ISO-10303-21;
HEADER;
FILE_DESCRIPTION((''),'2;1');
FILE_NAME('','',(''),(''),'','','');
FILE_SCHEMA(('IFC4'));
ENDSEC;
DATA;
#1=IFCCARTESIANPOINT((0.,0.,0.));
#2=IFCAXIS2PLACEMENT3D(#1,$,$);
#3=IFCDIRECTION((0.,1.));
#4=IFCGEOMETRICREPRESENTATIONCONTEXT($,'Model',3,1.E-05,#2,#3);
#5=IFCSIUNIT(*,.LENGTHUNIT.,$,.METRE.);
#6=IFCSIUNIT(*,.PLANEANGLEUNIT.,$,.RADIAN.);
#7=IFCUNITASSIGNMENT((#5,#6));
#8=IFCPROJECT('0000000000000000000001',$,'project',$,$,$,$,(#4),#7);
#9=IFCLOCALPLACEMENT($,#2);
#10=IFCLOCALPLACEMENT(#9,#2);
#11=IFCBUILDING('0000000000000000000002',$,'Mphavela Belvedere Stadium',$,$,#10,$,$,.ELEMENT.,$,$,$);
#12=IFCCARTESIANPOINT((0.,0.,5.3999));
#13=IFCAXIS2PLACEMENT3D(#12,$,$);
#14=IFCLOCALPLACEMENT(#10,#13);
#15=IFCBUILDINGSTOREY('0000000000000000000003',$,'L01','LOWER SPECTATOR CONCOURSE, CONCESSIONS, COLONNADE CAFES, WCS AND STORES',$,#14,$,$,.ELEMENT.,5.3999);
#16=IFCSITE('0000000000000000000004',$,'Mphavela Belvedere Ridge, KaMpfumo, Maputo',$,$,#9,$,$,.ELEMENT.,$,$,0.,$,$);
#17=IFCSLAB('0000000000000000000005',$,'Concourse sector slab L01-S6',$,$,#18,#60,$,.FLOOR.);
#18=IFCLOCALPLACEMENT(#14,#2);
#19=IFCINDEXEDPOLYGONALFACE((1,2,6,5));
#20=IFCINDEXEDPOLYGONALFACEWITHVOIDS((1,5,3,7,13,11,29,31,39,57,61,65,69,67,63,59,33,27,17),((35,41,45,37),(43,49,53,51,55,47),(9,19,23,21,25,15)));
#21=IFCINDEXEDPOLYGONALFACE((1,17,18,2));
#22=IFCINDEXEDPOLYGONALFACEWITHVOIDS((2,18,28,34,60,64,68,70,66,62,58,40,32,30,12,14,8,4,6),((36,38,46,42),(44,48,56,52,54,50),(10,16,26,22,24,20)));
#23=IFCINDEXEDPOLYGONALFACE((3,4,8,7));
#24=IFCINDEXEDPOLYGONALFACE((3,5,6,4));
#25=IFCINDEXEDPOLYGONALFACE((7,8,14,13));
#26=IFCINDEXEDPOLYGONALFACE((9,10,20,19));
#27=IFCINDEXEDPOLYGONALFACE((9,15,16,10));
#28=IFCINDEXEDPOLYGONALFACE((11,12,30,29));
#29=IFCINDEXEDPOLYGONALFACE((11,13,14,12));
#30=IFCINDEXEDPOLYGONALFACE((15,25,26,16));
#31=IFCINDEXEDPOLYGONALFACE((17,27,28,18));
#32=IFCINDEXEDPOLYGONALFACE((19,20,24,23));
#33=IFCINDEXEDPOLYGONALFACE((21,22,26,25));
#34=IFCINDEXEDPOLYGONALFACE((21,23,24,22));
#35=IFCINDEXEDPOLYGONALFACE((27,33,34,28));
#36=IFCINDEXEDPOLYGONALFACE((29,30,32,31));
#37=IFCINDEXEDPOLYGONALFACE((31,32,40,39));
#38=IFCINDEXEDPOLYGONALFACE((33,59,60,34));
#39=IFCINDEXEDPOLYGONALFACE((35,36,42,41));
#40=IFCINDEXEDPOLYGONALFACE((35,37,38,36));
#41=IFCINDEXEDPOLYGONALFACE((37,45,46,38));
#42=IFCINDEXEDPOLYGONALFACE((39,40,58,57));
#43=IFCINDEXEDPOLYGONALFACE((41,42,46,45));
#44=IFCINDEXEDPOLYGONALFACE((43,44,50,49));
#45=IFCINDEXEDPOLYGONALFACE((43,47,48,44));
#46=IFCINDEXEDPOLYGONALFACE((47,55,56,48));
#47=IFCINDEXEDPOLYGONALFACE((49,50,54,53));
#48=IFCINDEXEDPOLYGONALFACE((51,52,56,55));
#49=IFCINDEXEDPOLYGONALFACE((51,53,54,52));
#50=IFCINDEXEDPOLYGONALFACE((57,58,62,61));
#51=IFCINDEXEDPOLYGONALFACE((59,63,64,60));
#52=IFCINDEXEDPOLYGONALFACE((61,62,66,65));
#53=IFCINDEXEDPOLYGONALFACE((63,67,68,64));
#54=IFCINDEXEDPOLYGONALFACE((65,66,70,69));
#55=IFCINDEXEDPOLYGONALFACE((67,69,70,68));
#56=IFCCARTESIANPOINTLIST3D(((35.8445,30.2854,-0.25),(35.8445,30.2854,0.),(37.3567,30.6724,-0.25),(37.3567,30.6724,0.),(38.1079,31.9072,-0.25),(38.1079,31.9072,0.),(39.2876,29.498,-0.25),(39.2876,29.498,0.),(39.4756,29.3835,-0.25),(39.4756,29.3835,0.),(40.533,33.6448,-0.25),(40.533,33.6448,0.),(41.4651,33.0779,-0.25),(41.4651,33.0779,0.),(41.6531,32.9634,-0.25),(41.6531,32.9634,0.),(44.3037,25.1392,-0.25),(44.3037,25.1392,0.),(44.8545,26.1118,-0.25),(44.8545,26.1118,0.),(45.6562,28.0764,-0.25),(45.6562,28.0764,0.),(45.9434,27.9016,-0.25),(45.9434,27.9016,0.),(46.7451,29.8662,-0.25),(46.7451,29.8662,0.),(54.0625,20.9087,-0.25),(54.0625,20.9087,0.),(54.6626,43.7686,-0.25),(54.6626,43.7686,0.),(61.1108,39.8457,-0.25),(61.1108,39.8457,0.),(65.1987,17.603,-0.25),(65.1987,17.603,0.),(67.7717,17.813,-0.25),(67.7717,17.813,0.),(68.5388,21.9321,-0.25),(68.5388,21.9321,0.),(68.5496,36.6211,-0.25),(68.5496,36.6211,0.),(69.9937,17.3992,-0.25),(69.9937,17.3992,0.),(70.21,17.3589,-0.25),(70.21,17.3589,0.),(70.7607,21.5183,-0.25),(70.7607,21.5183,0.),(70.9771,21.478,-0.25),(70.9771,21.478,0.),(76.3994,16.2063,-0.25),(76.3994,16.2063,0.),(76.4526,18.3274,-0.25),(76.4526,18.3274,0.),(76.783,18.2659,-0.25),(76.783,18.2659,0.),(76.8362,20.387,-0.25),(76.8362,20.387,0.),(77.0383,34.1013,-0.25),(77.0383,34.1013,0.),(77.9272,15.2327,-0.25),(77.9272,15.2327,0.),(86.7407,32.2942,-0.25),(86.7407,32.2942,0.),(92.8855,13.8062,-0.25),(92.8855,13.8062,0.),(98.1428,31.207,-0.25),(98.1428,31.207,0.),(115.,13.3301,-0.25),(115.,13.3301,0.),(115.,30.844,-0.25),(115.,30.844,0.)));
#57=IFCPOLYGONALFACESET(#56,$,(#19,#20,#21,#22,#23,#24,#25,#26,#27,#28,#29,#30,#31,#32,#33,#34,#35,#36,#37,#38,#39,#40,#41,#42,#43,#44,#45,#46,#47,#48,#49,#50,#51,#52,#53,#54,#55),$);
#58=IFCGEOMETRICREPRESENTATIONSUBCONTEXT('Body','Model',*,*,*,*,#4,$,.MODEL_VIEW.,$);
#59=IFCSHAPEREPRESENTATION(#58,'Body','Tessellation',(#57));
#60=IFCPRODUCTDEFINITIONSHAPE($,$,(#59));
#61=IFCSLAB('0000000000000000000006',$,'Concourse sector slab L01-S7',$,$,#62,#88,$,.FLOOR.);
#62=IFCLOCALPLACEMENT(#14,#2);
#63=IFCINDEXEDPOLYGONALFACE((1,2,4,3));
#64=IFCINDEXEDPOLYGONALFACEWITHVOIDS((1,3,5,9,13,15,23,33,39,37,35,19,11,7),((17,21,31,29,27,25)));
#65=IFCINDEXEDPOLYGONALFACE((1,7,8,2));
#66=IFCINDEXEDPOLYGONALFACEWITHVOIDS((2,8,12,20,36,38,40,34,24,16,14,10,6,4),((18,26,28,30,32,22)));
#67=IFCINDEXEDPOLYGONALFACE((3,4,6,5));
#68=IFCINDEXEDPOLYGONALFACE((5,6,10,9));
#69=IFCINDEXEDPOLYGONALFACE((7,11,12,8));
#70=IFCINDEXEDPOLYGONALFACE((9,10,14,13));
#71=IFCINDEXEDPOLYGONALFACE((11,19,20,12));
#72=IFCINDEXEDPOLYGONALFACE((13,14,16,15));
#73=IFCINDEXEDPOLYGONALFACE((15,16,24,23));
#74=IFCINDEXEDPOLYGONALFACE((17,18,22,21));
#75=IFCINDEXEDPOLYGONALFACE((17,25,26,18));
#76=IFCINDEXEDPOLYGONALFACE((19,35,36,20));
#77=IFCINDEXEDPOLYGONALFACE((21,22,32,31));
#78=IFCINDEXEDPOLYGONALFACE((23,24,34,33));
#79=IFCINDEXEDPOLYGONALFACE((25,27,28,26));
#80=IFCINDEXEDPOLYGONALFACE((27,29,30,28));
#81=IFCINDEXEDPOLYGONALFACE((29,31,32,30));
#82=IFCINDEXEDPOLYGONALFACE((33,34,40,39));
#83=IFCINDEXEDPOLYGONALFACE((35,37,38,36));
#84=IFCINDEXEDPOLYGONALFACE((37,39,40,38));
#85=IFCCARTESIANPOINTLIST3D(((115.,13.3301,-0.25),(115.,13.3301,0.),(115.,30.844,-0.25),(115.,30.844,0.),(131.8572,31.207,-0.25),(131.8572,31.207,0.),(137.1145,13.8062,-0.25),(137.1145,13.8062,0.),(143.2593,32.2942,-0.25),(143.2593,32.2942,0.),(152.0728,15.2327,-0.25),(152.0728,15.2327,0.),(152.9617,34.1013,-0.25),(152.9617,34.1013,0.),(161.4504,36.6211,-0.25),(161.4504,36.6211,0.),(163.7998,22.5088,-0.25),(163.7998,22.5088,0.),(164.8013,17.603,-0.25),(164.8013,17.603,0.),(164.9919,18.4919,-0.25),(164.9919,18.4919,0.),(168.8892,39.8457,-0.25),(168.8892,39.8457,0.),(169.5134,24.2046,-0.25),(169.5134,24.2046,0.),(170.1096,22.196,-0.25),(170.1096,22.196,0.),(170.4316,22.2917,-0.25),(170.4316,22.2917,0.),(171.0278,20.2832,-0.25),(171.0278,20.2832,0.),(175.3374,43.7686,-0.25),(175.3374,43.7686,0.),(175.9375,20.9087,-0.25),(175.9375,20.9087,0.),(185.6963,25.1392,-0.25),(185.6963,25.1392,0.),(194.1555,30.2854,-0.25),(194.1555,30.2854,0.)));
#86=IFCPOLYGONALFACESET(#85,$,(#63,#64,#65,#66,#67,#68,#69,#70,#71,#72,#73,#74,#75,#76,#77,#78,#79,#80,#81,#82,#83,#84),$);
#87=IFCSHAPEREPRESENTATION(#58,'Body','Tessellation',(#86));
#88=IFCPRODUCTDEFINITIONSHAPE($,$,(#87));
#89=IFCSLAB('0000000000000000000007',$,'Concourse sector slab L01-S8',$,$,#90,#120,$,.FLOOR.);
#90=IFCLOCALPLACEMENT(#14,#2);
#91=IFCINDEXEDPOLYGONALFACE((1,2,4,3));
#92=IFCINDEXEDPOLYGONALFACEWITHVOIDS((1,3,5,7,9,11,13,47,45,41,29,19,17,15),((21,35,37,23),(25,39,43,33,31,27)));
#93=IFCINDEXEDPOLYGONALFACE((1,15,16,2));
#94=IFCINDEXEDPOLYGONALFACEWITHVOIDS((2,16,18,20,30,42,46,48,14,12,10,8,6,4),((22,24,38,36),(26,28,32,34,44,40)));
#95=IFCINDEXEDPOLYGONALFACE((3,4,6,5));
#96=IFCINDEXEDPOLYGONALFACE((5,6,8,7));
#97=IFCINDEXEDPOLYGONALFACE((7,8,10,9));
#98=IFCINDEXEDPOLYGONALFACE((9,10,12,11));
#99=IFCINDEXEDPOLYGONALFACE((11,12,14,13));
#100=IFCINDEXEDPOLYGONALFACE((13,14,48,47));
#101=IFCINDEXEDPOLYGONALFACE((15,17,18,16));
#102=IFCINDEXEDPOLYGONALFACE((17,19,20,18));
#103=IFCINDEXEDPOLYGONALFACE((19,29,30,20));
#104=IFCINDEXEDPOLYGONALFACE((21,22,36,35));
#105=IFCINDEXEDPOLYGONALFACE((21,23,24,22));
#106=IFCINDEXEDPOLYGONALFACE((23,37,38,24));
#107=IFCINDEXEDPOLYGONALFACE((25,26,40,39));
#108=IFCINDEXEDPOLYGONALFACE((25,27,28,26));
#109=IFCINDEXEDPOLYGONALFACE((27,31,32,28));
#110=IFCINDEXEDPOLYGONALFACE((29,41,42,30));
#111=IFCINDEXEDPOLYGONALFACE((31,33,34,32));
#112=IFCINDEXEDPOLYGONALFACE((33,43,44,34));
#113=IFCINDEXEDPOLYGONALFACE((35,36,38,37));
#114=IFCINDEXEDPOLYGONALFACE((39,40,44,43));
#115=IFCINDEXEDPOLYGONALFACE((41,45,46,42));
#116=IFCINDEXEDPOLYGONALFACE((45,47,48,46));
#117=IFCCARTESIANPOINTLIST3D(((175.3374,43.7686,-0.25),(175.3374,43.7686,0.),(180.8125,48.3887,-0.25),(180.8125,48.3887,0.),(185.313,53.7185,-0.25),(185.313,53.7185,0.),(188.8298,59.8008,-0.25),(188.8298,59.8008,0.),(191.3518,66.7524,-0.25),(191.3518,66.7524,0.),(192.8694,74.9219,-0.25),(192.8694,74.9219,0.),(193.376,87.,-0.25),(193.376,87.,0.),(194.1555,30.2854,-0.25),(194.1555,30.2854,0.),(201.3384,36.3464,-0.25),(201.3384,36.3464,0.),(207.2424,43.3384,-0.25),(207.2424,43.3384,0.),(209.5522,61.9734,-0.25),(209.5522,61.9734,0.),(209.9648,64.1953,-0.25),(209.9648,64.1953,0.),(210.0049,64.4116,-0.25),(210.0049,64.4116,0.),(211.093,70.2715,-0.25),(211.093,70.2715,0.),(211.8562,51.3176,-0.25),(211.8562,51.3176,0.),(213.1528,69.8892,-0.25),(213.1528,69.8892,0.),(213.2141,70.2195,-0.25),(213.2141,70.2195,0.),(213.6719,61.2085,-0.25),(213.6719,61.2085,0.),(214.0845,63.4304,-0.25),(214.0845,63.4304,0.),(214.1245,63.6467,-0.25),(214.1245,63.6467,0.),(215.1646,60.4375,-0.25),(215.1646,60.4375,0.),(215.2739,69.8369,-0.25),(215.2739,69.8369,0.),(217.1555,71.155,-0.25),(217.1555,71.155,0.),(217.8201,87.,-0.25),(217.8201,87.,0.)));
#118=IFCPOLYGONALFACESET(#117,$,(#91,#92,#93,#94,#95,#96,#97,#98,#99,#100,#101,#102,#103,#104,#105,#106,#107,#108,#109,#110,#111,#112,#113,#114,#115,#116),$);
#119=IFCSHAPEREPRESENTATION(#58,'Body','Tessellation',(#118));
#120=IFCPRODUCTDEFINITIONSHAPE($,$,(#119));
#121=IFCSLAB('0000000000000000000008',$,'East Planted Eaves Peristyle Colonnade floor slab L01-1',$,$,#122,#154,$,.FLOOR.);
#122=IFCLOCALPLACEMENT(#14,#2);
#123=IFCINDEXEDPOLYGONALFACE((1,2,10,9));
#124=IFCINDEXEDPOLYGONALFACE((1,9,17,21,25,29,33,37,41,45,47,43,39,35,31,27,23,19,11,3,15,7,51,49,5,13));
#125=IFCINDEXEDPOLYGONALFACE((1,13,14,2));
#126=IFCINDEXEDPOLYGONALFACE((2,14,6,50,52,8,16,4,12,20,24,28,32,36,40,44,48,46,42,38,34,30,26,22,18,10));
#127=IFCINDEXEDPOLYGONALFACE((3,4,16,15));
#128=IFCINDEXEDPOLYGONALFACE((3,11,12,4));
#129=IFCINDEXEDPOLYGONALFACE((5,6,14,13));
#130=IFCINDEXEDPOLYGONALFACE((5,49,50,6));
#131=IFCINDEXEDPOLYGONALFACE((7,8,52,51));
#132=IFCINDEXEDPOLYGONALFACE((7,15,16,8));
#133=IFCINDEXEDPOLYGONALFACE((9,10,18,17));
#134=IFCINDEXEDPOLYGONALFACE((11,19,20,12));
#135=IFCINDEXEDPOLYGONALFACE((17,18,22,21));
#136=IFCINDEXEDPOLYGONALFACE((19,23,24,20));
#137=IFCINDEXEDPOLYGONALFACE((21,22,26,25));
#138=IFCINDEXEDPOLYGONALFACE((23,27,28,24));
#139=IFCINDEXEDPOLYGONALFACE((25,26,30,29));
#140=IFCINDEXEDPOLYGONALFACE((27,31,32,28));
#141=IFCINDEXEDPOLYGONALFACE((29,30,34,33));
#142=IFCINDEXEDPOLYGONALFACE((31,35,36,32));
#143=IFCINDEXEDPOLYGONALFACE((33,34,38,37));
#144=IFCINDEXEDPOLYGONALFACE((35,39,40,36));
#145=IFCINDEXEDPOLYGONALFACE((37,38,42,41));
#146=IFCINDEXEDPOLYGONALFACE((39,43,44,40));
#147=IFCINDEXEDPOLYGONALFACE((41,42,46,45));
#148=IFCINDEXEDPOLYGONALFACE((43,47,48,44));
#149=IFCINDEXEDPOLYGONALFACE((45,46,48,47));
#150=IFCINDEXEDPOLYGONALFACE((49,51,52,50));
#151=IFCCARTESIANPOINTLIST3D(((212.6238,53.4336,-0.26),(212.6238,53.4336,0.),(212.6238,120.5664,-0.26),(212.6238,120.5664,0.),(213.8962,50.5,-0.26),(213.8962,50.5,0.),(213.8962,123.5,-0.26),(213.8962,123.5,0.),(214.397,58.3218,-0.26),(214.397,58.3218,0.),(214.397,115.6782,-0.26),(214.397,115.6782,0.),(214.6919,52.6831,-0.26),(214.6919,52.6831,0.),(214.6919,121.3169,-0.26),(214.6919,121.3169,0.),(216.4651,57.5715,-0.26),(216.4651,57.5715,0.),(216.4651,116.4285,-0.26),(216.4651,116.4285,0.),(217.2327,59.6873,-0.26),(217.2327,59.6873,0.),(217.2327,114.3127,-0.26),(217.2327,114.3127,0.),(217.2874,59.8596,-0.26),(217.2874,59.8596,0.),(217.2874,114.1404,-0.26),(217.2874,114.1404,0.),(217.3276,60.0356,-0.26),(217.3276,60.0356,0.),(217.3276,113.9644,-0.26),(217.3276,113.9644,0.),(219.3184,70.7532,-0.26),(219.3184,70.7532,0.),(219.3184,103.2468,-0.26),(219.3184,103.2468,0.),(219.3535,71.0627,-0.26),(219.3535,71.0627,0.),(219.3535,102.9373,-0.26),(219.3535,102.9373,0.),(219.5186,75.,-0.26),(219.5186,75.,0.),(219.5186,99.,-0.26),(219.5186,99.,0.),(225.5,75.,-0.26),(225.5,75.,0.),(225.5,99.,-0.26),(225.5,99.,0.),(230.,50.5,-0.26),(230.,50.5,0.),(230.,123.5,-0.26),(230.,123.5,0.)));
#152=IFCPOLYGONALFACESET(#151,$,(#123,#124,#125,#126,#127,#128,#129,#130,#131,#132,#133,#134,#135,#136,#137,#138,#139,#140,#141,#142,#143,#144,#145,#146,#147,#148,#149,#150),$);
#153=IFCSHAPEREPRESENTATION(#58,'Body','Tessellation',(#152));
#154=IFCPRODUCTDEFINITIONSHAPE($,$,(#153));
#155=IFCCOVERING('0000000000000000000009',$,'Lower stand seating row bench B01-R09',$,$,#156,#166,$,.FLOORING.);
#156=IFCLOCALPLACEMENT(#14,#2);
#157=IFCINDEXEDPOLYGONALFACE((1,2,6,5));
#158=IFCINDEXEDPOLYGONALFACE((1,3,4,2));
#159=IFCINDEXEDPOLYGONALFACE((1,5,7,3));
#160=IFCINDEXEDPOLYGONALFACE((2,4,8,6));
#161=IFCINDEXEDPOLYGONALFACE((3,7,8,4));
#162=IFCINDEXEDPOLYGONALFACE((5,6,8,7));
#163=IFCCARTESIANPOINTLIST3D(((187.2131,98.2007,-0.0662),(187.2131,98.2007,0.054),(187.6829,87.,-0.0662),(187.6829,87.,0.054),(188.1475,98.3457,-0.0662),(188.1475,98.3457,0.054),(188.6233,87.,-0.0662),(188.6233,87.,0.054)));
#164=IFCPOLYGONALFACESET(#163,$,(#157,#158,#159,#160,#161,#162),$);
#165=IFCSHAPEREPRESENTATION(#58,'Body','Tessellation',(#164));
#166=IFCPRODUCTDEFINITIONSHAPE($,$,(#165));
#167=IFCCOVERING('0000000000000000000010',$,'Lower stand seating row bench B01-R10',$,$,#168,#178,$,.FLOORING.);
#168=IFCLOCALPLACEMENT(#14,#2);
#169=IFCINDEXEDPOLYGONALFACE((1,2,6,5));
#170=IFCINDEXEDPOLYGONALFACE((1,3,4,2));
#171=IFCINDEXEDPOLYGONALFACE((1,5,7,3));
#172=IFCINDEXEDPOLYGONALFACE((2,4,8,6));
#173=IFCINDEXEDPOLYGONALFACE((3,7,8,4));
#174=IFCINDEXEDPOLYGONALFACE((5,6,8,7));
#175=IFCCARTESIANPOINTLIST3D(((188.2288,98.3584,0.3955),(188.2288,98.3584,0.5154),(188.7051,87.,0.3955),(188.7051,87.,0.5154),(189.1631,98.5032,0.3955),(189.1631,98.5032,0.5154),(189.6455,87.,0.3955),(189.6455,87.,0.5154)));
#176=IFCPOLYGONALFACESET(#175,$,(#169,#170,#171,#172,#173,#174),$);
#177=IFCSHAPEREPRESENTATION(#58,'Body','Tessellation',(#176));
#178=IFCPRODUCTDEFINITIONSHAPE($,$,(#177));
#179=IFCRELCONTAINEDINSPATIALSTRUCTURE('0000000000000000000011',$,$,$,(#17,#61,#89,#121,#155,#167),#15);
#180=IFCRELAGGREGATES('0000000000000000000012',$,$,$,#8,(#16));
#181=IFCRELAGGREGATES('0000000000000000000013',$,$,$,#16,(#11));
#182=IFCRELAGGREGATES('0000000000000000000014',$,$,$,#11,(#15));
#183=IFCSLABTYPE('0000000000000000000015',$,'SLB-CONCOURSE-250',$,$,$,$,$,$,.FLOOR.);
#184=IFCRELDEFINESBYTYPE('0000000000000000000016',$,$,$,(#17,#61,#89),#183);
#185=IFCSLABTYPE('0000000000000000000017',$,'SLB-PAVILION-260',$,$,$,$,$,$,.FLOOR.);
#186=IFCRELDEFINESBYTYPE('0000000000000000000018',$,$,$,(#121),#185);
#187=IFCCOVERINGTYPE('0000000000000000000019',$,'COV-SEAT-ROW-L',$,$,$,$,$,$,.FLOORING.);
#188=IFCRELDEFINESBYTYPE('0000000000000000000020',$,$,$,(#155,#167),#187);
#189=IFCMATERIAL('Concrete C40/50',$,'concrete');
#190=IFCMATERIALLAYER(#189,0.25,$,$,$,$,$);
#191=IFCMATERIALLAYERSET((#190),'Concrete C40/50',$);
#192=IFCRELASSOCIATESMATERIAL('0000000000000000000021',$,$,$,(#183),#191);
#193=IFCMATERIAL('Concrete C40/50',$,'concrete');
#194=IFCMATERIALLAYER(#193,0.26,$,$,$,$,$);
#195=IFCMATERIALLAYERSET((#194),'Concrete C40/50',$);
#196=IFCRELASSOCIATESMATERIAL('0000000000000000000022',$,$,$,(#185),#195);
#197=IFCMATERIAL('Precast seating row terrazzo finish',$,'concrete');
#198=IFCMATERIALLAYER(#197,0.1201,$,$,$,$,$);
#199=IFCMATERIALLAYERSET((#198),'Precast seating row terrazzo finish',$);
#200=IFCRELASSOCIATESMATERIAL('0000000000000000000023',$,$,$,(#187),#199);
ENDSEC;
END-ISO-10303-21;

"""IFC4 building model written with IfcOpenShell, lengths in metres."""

from ifc_helpers import new_model, si_unit, direction, frame, origin, place, context, subcontext, project, spatial, polyline, outline, extrude, material, layer, layer_set, type_object, element, save


model = new_model("IFC4")

# Units and contexts
model_context = context("Model", 3, precision=1e-05, world=origin(), true_north=direction((0.0, 1.0)))
body_context = subcontext(model_context, "Body", "Model", "MODEL_VIEW")
ifc_project = project(units=[si_unit("LENGTHUNIT", "METRE"), si_unit("PLANEANGLEUNIT", "RADIAN")], contexts=[model_context])

# Site, building, storey
site_placement = place(None, origin())
site = spatial("IfcSite", under=ifc_project, at=site_placement, Name="Mphavela Belvedere Ridge, KaMpfumo, Maputo", CompositionType="ELEMENT", RefElevation=0.0)
building_placement = place(site_placement, origin())
building = spatial("IfcBuilding", under=site, at=building_placement, Name="Mphavela Belvedere Stadium", CompositionType="ELEMENT")
storey_placement = place(building_placement, frame((0.0, 0.0, 5.3999)))
storey = spatial("IfcBuildingStorey", under=building, at=storey_placement, Name="L01", Description="LOWER SPECTATOR CONCOURSE, CONCESSIONS, COLONNADE CAFES, WCS AND STORES", CompositionType="ELEMENT", Elevation=5.3999)

# Slabs
ifc_material_1 = material(Name="Concrete C40/50", Category="concrete")
ifc_layer_1 = layer(ifc_material_1, 0.25)
ifc_layer_set_1 = layer_set([ifc_layer_1], Name="Concrete C40/50")
slab_type_1 = type_object("IfcSlabType", Name="SLB-CONCOURSE-250", PredefinedType="FLOOR", material=ifc_layer_set_1)
slab_1_placement = place(storey_placement, frame((0.0, 0.0, -0.25)))
element("IfcSlab", 1, at=slab_1_placement, inside=storey, type_object=slab_type_1, Name="Concourse sector slab L01-S6", PredefinedType="FLOOR", context=body_context, shape_type="SweptSolid", body=[
    extrude(outline(polyline([(77.9272, 15.2327), (65.1987, 17.603), (54.0625, 20.9087), (44.3037, 25.1392), (35.8445, 30.2854), (38.1079, 31.9072), (37.3567, 30.6724), (39.2876, 29.498), (41.4651, 33.0779), (40.533, 33.6448), (54.6626, 43.7686), (61.1108, 39.8457), (68.5496, 36.6211), (77.0383, 34.1013), (86.7407, 32.2942), (98.1428, 31.207), (115.0, 30.844), (115.0, 13.3301), (92.8855, 13.8062), (77.9272, 15.2327)]), holes=[polyline([(45.9434, 27.9016), (45.6562, 28.0764), (46.7451, 29.8662), (41.6531, 32.9634), (39.4756, 29.3835), (44.8545, 26.1118), (45.9434, 27.9016)]), polyline([(70.21, 17.3589), (76.3994, 16.2063), (76.783, 18.2659), (76.4526, 18.3274), (76.8362, 20.387), (70.9771, 21.478), (70.21, 17.3589)]), polyline([(67.7717, 17.813), (69.9937, 17.3992), (70.7607, 21.5183), (68.5388, 21.9321), (67.7717, 17.813)])]), origin(), (0.0, 0.0, 1.0), 0.25),
])
slab_2_placement = place(storey_placement, frame((0.0, 0.0, -0.25)))
element("IfcSlab", 2, at=slab_2_placement, inside=storey, type_object=slab_type_1, Name="Concourse sector slab L01-S7", PredefinedType="FLOOR", context=body_context, shape_type="SweptSolid", body=[
    extrude(outline(polyline([(175.3374, 43.7686), (194.1555, 30.2854), (185.6963, 25.1392), (175.9375, 20.9087), (164.8013, 17.603), (152.0728, 15.2327), (137.1145, 13.8062), (115.0, 13.3301), (115.0, 30.844), (131.8572, 31.207), (143.2593, 32.2942), (152.9617, 34.1013), (161.4504, 36.6211), (168.8892, 39.8457), (175.3374, 43.7686)]), holes=[polyline([(163.7998, 22.5088), (164.9919, 18.4919), (171.0278, 20.2832), (170.4316, 22.2917), (170.1096, 22.196), (169.5134, 24.2046), (163.7998, 22.5088)])]), origin(), (0.0, 0.0, 1.0), 0.25),
])
slab_3_placement = place(storey_placement, frame((0.0, 0.0, -0.25)))
element("IfcSlab", 3, at=slab_3_placement, inside=storey, type_object=slab_type_1, Name="Concourse sector slab L01-S8", PredefinedType="FLOOR", context=body_context, shape_type="SweptSolid", body=[
    extrude(outline(polyline([(217.8201, 87.0), (217.1555, 71.155), (215.1646, 60.4375), (211.8562, 51.3176), (207.2424, 43.3384), (201.3384, 36.3464), (194.1555, 30.2854), (175.3374, 43.7686), (180.8125, 48.3887), (185.313, 53.7185), (188.8298, 59.8008), (191.3518, 66.7524), (192.8694, 74.9219), (193.376, 87.0), (217.8201, 87.0)]), holes=[polyline([(214.1245, 63.6467), (215.2739, 69.8369), (213.2141, 70.2195), (213.1528, 69.8892), (211.093, 70.2715), (210.0049, 64.4116), (214.1245, 63.6467)]), polyline([(213.6719, 61.2085), (214.0845, 63.4304), (209.9648, 64.1953), (209.5522, 61.9734), (213.6719, 61.2085)])]), origin(), (0.0, 0.0, 1.0), 0.25),
])
ifc_material_2 = material(Name="Concrete C40/50", Category="concrete")
ifc_layer_2 = layer(ifc_material_2, 0.26)
ifc_layer_set_2 = layer_set([ifc_layer_2], Name="Concrete C40/50")
slab_type_2 = type_object("IfcSlabType", Name="SLB-PAVILION-260", PredefinedType="FLOOR", material=ifc_layer_set_2)
slab_4_placement = place(storey_placement, frame((0.0, 0.0, -0.26)))
element("IfcSlab", 4, at=slab_4_placement, inside=storey, type_object=slab_type_2, Name="East Planted Eaves Peristyle Colonnade floor slab L01-1", PredefinedType="FLOOR", context=body_context, shape_type="SweptSolid", body=[
    extrude(outline(polyline([(217.2874, 59.8596), (217.3276, 60.0356), (219.3184, 70.7532), (219.3535, 71.0627), (219.5186, 75.0), (225.5, 75.0), (225.5, 99.0), (219.5186, 99.0), (219.3535, 102.9373), (219.3184, 103.2468), (217.3276, 113.9644), (217.2874, 114.1404), (217.2327, 114.3127), (216.4651, 116.4285), (214.397, 115.6782), (212.6238, 120.5664), (214.6919, 121.3169), (213.8962, 123.5), (230.0, 123.5), (230.0, 50.5), (213.8962, 50.5), (214.6919, 52.6831), (212.6238, 53.4336), (214.397, 58.3218), (216.4651, 57.5715), (217.2327, 59.6873), (217.2874, 59.8596)])), origin(), (0.0, 0.0, 1.0), 0.26),
])

# Coverings
ifc_material_3 = material(Name="Precast seating row terrazzo finish", Category="concrete")
ifc_layer_3 = layer(ifc_material_3, 0.1201)
ifc_layer_set_3 = layer_set([ifc_layer_3], Name="Precast seating row terrazzo finish")
covering_type = type_object("IfcCoveringType", Name="COV-SEAT-ROW-L", PredefinedType="FLOORING", material=ifc_layer_set_3)
covering_1_placement = place(storey_placement, frame((0.0, 0.0, -0.0662)))
element("IfcCovering", 5, at=covering_1_placement, inside=storey, type_object=covering_type, Name="Lower stand seating row bench B01-R09", PredefinedType="FLOORING", context=body_context, shape_type="SweptSolid", body=[
    extrude(outline(polyline([(187.6829, 87.0), (187.2131, 98.2007), (188.1475, 98.3457), (188.6233, 87.0), (187.6829, 87.0)])), origin(), (0.0, 0.0, 1.0), 0.1201),
])
covering_2_placement = place(storey_placement, frame((0.0, 0.0, 0.3955)))
element("IfcCovering", 6, at=covering_2_placement, inside=storey, type_object=covering_type, Name="Lower stand seating row bench B01-R10", PredefinedType="FLOORING", context=body_context, shape_type="SweptSolid", body=[
    extrude(outline(polyline([(188.7051, 87.0), (188.2288, 98.3584), (189.1631, 98.5032), (189.6455, 87.0), (188.7051, 87.0)])), origin(), (0.0, 0.0, 1.0), 0.1199),
])

save(model, "model.ifc")
